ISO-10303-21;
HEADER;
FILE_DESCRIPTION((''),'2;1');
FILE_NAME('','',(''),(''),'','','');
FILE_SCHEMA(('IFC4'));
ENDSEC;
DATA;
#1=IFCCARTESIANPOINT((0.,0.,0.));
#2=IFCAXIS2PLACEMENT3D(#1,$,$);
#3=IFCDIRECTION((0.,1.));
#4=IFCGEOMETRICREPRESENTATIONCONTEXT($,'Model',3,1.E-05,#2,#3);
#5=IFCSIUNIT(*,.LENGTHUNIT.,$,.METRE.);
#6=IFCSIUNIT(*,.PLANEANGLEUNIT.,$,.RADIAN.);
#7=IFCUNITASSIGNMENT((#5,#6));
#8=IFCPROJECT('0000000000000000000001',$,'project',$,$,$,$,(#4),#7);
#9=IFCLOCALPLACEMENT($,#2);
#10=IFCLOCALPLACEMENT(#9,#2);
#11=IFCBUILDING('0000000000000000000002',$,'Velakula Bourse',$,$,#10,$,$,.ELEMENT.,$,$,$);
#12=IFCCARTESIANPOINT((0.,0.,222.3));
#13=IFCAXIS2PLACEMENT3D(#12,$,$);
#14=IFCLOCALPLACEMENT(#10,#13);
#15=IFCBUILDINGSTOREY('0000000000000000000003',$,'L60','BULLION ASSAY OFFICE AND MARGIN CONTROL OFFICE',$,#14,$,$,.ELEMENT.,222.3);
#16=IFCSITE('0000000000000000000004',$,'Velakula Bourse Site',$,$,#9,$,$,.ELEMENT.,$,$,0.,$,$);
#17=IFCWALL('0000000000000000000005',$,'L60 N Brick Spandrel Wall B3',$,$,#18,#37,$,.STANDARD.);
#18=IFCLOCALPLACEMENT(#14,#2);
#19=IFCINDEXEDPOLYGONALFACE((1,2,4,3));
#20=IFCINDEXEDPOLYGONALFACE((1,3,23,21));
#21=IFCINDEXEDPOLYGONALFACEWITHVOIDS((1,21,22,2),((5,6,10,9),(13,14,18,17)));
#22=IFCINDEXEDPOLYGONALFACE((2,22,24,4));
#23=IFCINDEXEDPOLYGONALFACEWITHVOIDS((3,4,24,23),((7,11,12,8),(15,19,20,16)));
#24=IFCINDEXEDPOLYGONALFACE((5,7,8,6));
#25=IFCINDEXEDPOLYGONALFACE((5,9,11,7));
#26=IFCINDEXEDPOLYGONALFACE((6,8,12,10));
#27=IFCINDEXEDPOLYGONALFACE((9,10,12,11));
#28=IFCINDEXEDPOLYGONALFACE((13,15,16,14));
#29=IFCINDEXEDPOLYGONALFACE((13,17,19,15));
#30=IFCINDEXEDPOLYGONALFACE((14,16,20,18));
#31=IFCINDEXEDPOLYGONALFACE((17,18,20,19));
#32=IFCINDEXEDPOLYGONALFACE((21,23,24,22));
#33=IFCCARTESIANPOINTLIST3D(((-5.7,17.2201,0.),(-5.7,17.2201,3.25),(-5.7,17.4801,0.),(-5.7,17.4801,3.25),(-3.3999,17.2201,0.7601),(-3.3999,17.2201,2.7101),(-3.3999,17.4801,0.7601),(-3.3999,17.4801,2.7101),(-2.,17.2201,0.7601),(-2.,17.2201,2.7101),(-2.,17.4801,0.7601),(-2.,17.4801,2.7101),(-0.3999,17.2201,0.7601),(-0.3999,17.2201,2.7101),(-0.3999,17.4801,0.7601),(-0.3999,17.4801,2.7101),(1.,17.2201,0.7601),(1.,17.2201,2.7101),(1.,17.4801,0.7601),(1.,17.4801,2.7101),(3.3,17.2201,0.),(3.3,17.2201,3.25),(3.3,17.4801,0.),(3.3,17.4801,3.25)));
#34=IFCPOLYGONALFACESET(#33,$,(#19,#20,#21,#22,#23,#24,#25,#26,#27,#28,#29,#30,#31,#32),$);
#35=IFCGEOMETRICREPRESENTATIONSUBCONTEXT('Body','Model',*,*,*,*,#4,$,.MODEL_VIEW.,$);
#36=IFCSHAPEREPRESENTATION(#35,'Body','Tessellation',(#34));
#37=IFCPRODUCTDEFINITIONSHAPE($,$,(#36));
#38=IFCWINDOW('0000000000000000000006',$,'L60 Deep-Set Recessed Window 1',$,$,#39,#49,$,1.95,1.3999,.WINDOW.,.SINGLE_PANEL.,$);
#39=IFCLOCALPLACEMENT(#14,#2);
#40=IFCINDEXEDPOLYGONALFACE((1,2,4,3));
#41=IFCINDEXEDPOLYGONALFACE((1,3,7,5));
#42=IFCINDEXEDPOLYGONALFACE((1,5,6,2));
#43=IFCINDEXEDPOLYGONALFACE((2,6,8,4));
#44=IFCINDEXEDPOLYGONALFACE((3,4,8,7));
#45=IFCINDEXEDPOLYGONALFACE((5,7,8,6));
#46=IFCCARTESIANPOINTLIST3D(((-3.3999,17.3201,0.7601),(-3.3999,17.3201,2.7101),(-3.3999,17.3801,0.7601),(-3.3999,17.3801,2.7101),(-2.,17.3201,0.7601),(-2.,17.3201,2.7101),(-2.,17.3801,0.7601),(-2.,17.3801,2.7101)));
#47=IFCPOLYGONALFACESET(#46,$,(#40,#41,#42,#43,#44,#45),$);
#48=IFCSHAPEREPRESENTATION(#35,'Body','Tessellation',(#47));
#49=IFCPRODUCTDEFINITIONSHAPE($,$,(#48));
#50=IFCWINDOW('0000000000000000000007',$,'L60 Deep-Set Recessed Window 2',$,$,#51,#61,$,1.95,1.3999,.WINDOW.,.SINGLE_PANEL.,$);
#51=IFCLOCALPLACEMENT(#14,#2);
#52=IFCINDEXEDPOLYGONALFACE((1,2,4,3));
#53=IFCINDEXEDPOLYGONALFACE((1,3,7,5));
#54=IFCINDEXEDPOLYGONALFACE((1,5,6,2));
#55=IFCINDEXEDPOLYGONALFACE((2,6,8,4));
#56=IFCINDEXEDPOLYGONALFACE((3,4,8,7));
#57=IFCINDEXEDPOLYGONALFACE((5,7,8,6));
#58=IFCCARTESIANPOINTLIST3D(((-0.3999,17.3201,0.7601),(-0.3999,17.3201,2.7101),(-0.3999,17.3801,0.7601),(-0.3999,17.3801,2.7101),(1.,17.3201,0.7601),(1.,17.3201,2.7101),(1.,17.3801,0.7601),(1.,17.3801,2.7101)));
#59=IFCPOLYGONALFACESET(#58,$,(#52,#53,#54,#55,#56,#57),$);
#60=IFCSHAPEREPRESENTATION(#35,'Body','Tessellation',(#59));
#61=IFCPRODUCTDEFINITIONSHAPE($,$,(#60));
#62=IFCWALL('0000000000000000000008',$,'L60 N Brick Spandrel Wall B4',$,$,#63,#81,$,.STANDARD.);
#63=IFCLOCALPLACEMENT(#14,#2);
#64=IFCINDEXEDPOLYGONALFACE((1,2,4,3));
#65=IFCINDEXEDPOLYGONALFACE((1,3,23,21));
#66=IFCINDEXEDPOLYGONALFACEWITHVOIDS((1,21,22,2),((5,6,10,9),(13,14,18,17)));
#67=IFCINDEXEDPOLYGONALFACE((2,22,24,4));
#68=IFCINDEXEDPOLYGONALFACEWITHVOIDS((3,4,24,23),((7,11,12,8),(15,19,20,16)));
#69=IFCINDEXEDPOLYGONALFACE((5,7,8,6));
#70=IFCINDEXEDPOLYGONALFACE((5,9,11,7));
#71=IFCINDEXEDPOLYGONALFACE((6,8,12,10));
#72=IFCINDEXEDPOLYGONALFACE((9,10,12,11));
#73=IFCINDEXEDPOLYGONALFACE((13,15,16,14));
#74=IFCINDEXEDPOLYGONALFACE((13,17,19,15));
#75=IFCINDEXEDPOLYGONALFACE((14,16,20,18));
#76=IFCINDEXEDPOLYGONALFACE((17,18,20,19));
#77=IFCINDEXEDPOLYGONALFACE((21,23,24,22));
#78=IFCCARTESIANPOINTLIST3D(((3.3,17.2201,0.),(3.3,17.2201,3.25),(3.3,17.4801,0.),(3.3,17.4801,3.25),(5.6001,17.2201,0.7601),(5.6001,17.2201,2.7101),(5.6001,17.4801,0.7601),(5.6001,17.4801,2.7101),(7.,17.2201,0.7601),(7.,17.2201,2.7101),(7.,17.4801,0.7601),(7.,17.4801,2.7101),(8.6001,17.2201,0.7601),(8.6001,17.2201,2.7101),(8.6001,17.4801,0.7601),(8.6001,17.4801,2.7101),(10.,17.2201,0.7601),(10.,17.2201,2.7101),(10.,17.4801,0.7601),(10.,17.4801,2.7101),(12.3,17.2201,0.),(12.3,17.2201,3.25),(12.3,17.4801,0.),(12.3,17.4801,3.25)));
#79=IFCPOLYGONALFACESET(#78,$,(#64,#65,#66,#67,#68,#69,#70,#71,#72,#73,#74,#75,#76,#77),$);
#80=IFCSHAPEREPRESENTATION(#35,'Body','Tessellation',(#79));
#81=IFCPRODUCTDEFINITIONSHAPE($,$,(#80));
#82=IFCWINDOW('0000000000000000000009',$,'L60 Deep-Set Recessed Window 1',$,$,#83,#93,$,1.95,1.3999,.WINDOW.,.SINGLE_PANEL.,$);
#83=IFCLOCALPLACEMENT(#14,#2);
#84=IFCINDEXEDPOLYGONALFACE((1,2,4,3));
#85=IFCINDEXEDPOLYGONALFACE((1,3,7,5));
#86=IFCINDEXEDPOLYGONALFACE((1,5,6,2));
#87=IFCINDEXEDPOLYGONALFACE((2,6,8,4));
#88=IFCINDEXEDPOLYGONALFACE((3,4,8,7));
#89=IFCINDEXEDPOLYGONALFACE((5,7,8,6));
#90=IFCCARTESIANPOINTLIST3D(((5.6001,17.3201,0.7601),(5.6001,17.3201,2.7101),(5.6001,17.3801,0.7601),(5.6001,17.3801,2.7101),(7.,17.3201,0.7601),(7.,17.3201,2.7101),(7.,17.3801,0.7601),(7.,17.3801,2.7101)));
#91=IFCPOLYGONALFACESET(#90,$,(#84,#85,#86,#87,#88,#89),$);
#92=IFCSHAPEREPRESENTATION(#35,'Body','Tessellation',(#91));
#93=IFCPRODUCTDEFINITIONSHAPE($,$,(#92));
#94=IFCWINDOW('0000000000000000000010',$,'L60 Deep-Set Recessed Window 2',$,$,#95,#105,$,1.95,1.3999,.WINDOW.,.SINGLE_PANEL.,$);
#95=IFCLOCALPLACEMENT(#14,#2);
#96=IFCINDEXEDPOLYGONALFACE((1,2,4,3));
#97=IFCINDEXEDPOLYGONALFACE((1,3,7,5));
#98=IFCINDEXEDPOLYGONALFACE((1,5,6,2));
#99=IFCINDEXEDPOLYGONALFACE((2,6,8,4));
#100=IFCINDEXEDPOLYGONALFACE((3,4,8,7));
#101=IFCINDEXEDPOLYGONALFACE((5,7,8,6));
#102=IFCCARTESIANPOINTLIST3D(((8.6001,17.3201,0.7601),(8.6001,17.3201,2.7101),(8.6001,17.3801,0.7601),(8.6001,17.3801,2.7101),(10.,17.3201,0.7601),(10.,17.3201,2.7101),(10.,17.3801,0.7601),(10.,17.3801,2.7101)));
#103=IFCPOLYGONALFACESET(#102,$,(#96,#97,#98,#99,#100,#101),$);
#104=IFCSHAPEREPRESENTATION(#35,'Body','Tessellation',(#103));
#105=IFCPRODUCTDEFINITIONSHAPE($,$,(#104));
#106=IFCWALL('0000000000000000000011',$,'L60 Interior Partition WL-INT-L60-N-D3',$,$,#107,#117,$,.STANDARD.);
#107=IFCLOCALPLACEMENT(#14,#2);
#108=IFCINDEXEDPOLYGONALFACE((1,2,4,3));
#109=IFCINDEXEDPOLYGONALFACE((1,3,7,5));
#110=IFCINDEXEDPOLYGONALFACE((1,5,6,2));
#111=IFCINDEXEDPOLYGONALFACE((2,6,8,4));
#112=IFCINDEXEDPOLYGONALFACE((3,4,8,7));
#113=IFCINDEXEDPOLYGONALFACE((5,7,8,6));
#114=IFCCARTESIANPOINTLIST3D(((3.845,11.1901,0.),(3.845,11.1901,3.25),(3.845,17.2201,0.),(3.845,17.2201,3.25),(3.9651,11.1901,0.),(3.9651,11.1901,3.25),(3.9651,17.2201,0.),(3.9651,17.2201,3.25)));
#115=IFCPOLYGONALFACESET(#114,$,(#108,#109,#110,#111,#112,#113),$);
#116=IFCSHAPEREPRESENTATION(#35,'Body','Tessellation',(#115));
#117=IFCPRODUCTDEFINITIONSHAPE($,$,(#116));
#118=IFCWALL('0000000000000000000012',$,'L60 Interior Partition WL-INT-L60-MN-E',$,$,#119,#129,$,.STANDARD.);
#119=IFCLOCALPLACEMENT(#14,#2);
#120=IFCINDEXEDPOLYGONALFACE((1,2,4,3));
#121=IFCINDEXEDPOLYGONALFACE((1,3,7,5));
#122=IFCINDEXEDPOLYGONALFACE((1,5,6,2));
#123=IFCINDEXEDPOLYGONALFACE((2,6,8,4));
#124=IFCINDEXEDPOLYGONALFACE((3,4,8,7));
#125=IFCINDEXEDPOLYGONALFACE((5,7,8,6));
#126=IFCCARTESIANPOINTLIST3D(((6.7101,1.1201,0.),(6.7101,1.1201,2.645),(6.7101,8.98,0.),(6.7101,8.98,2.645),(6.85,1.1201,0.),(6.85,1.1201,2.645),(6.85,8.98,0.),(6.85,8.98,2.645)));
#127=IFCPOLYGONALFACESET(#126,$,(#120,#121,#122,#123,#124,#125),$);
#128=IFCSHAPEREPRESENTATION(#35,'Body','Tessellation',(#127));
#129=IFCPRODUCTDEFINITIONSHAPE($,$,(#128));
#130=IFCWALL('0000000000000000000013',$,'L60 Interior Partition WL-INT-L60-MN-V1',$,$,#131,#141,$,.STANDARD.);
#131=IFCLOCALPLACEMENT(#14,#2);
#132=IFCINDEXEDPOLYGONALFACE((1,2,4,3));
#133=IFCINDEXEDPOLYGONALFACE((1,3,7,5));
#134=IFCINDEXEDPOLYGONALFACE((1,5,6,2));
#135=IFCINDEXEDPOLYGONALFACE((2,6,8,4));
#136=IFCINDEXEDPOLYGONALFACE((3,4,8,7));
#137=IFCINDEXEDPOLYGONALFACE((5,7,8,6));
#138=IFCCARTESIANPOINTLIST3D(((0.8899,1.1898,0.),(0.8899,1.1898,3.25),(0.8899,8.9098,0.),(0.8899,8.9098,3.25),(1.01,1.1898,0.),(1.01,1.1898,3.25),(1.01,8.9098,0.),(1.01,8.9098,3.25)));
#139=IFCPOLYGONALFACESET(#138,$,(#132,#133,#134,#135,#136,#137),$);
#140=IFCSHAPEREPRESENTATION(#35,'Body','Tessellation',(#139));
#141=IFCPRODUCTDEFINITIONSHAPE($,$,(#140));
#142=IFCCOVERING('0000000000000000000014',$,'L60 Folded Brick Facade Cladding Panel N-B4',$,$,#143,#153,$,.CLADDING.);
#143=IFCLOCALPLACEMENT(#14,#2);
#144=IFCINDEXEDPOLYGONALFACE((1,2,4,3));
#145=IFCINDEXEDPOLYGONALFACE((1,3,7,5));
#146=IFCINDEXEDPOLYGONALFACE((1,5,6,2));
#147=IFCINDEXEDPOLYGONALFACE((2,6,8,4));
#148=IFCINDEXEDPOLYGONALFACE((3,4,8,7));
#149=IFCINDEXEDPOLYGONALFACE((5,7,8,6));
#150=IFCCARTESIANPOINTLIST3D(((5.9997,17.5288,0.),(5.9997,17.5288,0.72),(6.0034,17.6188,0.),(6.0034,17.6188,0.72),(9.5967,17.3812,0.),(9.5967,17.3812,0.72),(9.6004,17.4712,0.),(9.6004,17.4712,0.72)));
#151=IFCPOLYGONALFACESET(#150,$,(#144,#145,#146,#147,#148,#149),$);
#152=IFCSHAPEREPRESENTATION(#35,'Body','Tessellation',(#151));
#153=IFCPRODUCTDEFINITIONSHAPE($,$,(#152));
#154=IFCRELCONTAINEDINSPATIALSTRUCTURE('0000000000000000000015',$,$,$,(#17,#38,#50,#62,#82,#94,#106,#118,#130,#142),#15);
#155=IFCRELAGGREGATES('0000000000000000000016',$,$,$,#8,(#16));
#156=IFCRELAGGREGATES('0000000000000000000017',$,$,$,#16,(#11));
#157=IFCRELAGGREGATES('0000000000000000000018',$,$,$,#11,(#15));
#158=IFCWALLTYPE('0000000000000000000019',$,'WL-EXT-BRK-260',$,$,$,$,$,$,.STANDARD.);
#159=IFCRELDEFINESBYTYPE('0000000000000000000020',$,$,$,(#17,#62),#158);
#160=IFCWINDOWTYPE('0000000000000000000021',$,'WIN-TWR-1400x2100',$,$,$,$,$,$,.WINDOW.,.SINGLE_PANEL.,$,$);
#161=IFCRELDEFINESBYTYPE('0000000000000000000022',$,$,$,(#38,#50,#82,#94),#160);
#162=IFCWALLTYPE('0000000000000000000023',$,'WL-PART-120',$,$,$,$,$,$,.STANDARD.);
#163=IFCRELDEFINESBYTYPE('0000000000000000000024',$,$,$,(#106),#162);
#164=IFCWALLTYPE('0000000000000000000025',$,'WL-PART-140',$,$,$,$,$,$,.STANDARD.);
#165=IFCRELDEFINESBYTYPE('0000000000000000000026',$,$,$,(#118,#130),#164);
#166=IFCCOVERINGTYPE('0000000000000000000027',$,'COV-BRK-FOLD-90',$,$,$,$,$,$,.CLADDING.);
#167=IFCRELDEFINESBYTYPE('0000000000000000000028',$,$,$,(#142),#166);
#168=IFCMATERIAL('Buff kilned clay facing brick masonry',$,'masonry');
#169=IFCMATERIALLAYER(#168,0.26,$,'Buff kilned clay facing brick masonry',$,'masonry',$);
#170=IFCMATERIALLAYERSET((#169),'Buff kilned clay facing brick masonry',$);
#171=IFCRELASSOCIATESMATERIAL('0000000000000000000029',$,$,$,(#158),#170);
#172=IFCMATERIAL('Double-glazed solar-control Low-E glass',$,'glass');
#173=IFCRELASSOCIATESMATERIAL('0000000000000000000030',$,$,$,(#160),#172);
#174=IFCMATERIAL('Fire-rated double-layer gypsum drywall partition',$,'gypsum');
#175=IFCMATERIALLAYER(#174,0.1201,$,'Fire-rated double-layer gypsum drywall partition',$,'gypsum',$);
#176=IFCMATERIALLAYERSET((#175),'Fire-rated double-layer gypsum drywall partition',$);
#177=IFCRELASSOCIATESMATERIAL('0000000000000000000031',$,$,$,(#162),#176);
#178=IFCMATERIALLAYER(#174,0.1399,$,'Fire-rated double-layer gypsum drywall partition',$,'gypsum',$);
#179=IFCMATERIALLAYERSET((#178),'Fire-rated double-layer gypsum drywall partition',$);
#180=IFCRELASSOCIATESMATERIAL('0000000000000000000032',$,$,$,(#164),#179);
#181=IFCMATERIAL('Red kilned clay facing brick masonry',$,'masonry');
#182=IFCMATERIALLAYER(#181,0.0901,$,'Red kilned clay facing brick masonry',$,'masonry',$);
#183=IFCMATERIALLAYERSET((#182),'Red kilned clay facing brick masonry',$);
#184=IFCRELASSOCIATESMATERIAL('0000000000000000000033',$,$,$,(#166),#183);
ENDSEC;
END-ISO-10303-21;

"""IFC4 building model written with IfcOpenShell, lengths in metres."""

from ifc_helpers import new_model, si_unit, direction, frame, frame_2d, origin, origin_2d, place, context, subcontext, project, spatial, rectangle, extrude, material, layer, layer_set, type_object, element, fill, save


model = new_model("IFC4")

# Units and contexts
model_context = context("Model", 3, precision=1e-05, world=origin(), true_north=direction((0.0, 1.0)))
body_context = subcontext(model_context, "Body", "Model", "MODEL_VIEW")
ifc_project = project(units=[si_unit("LENGTHUNIT", "METRE"), si_unit("PLANEANGLEUNIT", "RADIAN")], contexts=[model_context])

# Site, building, storey
site_placement = place(None, origin())
site = spatial("IfcSite", under=ifc_project, at=site_placement, Name="Velakula Bourse Site", CompositionType="ELEMENT", RefElevation=0.0)
building_placement = place(site_placement, origin())
building = spatial("IfcBuilding", under=site, at=building_placement, Name="Velakula Bourse", CompositionType="ELEMENT")
storey_placement = place(building_placement, frame((0.0, 0.0, 222.3)))
storey = spatial("IfcBuildingStorey", under=building, at=storey_placement, Name="L60", Description="BULLION ASSAY OFFICE AND MARGIN CONTROL OFFICE", CompositionType="ELEMENT", Elevation=222.3)

# Walls, openings, windows
ifc_material_1 = material(Name="Buff kilned clay facing brick masonry", Category="masonry")
ifc_layer_1 = layer(ifc_material_1, 0.26, Name="Buff kilned clay facing brick masonry", Category="masonry")
ifc_layer_set_1 = layer_set([ifc_layer_1], Name="Buff kilned clay facing brick masonry")
wall_type_1 = type_object("IfcWallType", Name="WL-EXT-BRK-260", PredefinedType="STANDARD", material=ifc_layer_set_1)
wall_1_placement = place(storey_placement, frame((-5.7, 17.3501, 0.0), z_axis=(0.0, 0.0, 1.0), x_axis=(1.0, 0.0, 0.0)))
wall_1 = element("IfcWall", 1, at=wall_1_placement, inside=storey, type_object=wall_type_1, Name="L60 N Brick Spandrel Wall B3", PredefinedType="STANDARD", context=body_context, shape_type="SweptSolid", body=[
    extrude(rectangle(XDim=9.0, YDim=0.26, at=frame_2d((4.5, 0.0))), origin(), (0.0, 0.0, 1.0), 3.25),
])
opening_1_placement = place(wall_1_placement, frame((2.3, 0.0, 0.76)))
opening_1 = element("IfcOpeningElement", 2, at=opening_1_placement, cuts=wall_1, PredefinedType="OPENING", context=body_context, shape_type="SweptSolid", body=[
    extrude(rectangle(XDim=1.3999, YDim=1.95, at=frame_2d((0.7, 0.9751))), frame((0.0, 0.1399, 0.0), z_axis=(0.0, -1.0, 0.0), x_axis=(1.0, 0.0, 0.0)), (0.0, 0.0, 1.0), 0.28),
])
opening_2_placement = place(wall_1_placement, frame((5.3, 0.0, 0.76)))
opening_2 = element("IfcOpeningElement", 3, at=opening_2_placement, cuts=wall_1, PredefinedType="OPENING", context=body_context, shape_type="SweptSolid", body=[
    extrude(rectangle(XDim=1.3999, YDim=1.95, at=frame_2d((0.7, 0.9751))), frame((0.0, 0.1399, 0.0), z_axis=(0.0, -1.0, 0.0), x_axis=(1.0, 0.0, 0.0)), (0.0, 0.0, 1.0), 0.28),
])
ifc_material_2 = material(Name="Double-glazed solar-control Low-E glass", Category="glass")
window_type = type_object("IfcWindowType", Name="WIN-TWR-1400x2100", PartitioningType="SINGLE_PANEL", PredefinedType="WINDOW", material=ifc_material_2)
window_1_placement = place(opening_1_placement, origin())
window_1 = element("IfcWindow", 4, at=window_1_placement, inside=storey, type_object=window_type, Name="L60 Deep-Set Recessed Window 1", OverallHeight=1.95, OverallWidth=1.3999, PartitioningType="SINGLE_PANEL", PredefinedType="WINDOW", context=body_context, shape_type="SweptSolid", body=[
    extrude(rectangle(XDim=1.3999, YDim=1.95, at=frame_2d((0.7, 0.9751))), frame((0.0, 0.03, 0.0), z_axis=(0.0, -1.0, 0.0), x_axis=(1.0, 0.0, 0.0)), (0.0, 0.0, 1.0), 0.0601),
])
fill(opening_1, window_1)
window_2_placement = place(opening_2_placement, origin())
window_2 = element("IfcWindow", 5, at=window_2_placement, inside=storey, type_object=window_type, Name="L60 Deep-Set Recessed Window 2", OverallHeight=1.95, OverallWidth=1.3999, PartitioningType="SINGLE_PANEL", PredefinedType="WINDOW", context=body_context, shape_type="SweptSolid", body=[
    extrude(rectangle(XDim=1.3999, YDim=1.95, at=frame_2d((0.7, 0.9751))), frame((0.0, 0.03, 0.0), z_axis=(0.0, -1.0, 0.0), x_axis=(1.0, 0.0, 0.0)), (0.0, 0.0, 1.0), 0.0601),
])
fill(opening_2, window_2)
wall_2_placement = place(storey_placement, frame((3.3, 17.3501, 0.0), z_axis=(0.0, 0.0, 1.0), x_axis=(1.0, 0.0, 0.0)))
wall_2 = element("IfcWall", 6, at=wall_2_placement, inside=storey, type_object=wall_type_1, Name="L60 N Brick Spandrel Wall B4", PredefinedType="STANDARD", context=body_context, shape_type="SweptSolid", body=[
    extrude(rectangle(XDim=9.0, YDim=0.26, at=frame_2d((4.5, 0.0))), origin(), (0.0, 0.0, 1.0), 3.25),
])
opening_3_placement = place(wall_2_placement, frame((2.3, 0.0, 0.76)))
opening_3 = element("IfcOpeningElement", 7, at=opening_3_placement, cuts=wall_2, PredefinedType="OPENING", context=body_context, shape_type="SweptSolid", body=[
    extrude(rectangle(XDim=1.3999, YDim=1.95, at=frame_2d((0.7, 0.9751))), frame((0.0, 0.1399, 0.0), z_axis=(0.0, -1.0, 0.0), x_axis=(1.0, 0.0, 0.0)), (0.0, 0.0, 1.0), 0.28),
])
opening_4_placement = place(wall_2_placement, frame((5.3, 0.0, 0.76)))
opening_4 = element("IfcOpeningElement", 8, at=opening_4_placement, cuts=wall_2, PredefinedType="OPENING", context=body_context, shape_type="SweptSolid", body=[
    extrude(rectangle(XDim=1.3999, YDim=1.95, at=frame_2d((0.7, 0.9751))), frame((0.0, 0.1399, 0.0), z_axis=(0.0, -1.0, 0.0), x_axis=(1.0, 0.0, 0.0)), (0.0, 0.0, 1.0), 0.28),
])
window_3_placement = place(opening_3_placement, origin())
window_3 = element("IfcWindow", 9, at=window_3_placement, inside=storey, type_object=window_type, Name="L60 Deep-Set Recessed Window 1", OverallHeight=1.95, OverallWidth=1.3999, PartitioningType="SINGLE_PANEL", PredefinedType="WINDOW", context=body_context, shape_type="SweptSolid", body=[
    extrude(rectangle(XDim=1.3999, YDim=1.95, at=frame_2d((0.7, 0.9751))), frame((0.0, 0.03, 0.0), z_axis=(0.0, -1.0, 0.0), x_axis=(1.0, 0.0, 0.0)), (0.0, 0.0, 1.0), 0.0601),
])
fill(opening_3, window_3)
window_4_placement = place(opening_4_placement, origin())
window_4 = element("IfcWindow", 10, at=window_4_placement, inside=storey, type_object=window_type, Name="L60 Deep-Set Recessed Window 2", OverallHeight=1.95, OverallWidth=1.3999, PartitioningType="SINGLE_PANEL", PredefinedType="WINDOW", context=body_context, shape_type="SweptSolid", body=[
    extrude(rectangle(XDim=1.3999, YDim=1.95, at=frame_2d((0.7, 0.9751))), frame((0.0, 0.03, 0.0), z_axis=(0.0, -1.0, 0.0), x_axis=(1.0, 0.0, 0.0)), (0.0, 0.0, 1.0), 0.0601),
])
fill(opening_4, window_4)

# Walls
ifc_material_3 = material(Name="Fire-rated double-layer gypsum drywall partition", Category="gypsum")
ifc_layer_2 = layer(ifc_material_3, 0.1201, Name="Fire-rated double-layer gypsum drywall partition", Category="gypsum")
ifc_layer_set_2 = layer_set([ifc_layer_2], Name="Fire-rated double-layer gypsum drywall partition")
wall_type_2 = type_object("IfcWallType", Name="WL-PART-120", PredefinedType="STANDARD", material=ifc_layer_set_2)
wall_3_placement = place(storey_placement, frame((3.905, 11.1899, 0.0), z_axis=(0.0, 0.0, 1.0), x_axis=(0.0, 1.0, 0.0)))
element("IfcWall", 11, at=wall_3_placement, inside=storey, type_object=wall_type_2, Name="L60 Interior Partition WL-INT-L60-N-D3", PredefinedType="STANDARD", context=body_context, shape_type="SweptSolid", body=[
    extrude(rectangle(XDim=6.03, YDim=0.1201, at=frame_2d((3.0151, 0.0))), origin(), (0.0, 0.0, 1.0), 3.25),
])
ifc_layer_3 = layer(ifc_material_3, 0.1399, Name="Fire-rated double-layer gypsum drywall partition", Category="gypsum")
ifc_layer_set_3 = layer_set([ifc_layer_3], Name="Fire-rated double-layer gypsum drywall partition")
wall_type_3 = type_object("IfcWallType", Name="WL-PART-140", PredefinedType="STANDARD", material=ifc_layer_set_3)
wall_4_placement = place(storey_placement, frame((6.78, 1.1201, 0.0), z_axis=(0.0, 0.0, 1.0), x_axis=(0.0, 1.0, 0.0)))
element("IfcWall", 12, at=wall_4_placement, inside=storey, type_object=wall_type_3, Name="L60 Interior Partition WL-INT-L60-MN-E", PredefinedType="STANDARD", context=body_context, shape_type="SweptSolid", body=[
    extrude(rectangle(XDim=7.8599, YDim=0.1399, at=frame_2d((3.9299, 0.0))), origin(), (0.0, 0.0, 1.0), 2.645),
])
wall_5_placement = place(storey_placement, frame((0.95, 1.1899, 0.0), z_axis=(0.0, 0.0, 1.0), x_axis=(0.0, 1.0, 0.0)))
element("IfcWall", 13, at=wall_5_placement, inside=storey, type_object=wall_type_3, Name="L60 Interior Partition WL-INT-L60-MN-V1", PredefinedType="STANDARD", context=body_context, shape_type="SweptSolid", body=[
    extrude(rectangle(XDim=7.72, YDim=0.1201, at=frame_2d((3.8599, 0.0))), origin(), (0.0, 0.0, 1.0), 3.25),
])

# Covering
ifc_material_4 = material(Name="Red kilned clay facing brick masonry", Category="masonry")
ifc_layer_4 = layer(ifc_material_4, 0.0901, Name="Red kilned clay facing brick masonry", Category="masonry")
ifc_layer_set_4 = layer_set([ifc_layer_4], Name="Red kilned clay facing brick masonry")
covering_type = type_object("IfcCoveringType", Name="COV-BRK-FOLD-90", PredefinedType="CLADDING", material=ifc_layer_set_4)
covering_placement = place(storey_placement, frame((7.8, 17.5, 0.0), z_axis=(0.0, 0.0, 1.0), x_axis=(0.999159, -0.041004, 0.0)))
element("IfcCovering", 14, at=covering_placement, inside=storey, type_object=covering_type, Name="L60 Folded Brick Facade Cladding Panel N-B4", PredefinedType="CLADDING", context=body_context, shape_type="SweptSolid", body=[
    extrude(rectangle(XDim=3.6001, YDim=0.0901, at=origin_2d()), origin(), (0.0, 0.0, 1.0), 0.72),
])

save(model, "model.ifc")
